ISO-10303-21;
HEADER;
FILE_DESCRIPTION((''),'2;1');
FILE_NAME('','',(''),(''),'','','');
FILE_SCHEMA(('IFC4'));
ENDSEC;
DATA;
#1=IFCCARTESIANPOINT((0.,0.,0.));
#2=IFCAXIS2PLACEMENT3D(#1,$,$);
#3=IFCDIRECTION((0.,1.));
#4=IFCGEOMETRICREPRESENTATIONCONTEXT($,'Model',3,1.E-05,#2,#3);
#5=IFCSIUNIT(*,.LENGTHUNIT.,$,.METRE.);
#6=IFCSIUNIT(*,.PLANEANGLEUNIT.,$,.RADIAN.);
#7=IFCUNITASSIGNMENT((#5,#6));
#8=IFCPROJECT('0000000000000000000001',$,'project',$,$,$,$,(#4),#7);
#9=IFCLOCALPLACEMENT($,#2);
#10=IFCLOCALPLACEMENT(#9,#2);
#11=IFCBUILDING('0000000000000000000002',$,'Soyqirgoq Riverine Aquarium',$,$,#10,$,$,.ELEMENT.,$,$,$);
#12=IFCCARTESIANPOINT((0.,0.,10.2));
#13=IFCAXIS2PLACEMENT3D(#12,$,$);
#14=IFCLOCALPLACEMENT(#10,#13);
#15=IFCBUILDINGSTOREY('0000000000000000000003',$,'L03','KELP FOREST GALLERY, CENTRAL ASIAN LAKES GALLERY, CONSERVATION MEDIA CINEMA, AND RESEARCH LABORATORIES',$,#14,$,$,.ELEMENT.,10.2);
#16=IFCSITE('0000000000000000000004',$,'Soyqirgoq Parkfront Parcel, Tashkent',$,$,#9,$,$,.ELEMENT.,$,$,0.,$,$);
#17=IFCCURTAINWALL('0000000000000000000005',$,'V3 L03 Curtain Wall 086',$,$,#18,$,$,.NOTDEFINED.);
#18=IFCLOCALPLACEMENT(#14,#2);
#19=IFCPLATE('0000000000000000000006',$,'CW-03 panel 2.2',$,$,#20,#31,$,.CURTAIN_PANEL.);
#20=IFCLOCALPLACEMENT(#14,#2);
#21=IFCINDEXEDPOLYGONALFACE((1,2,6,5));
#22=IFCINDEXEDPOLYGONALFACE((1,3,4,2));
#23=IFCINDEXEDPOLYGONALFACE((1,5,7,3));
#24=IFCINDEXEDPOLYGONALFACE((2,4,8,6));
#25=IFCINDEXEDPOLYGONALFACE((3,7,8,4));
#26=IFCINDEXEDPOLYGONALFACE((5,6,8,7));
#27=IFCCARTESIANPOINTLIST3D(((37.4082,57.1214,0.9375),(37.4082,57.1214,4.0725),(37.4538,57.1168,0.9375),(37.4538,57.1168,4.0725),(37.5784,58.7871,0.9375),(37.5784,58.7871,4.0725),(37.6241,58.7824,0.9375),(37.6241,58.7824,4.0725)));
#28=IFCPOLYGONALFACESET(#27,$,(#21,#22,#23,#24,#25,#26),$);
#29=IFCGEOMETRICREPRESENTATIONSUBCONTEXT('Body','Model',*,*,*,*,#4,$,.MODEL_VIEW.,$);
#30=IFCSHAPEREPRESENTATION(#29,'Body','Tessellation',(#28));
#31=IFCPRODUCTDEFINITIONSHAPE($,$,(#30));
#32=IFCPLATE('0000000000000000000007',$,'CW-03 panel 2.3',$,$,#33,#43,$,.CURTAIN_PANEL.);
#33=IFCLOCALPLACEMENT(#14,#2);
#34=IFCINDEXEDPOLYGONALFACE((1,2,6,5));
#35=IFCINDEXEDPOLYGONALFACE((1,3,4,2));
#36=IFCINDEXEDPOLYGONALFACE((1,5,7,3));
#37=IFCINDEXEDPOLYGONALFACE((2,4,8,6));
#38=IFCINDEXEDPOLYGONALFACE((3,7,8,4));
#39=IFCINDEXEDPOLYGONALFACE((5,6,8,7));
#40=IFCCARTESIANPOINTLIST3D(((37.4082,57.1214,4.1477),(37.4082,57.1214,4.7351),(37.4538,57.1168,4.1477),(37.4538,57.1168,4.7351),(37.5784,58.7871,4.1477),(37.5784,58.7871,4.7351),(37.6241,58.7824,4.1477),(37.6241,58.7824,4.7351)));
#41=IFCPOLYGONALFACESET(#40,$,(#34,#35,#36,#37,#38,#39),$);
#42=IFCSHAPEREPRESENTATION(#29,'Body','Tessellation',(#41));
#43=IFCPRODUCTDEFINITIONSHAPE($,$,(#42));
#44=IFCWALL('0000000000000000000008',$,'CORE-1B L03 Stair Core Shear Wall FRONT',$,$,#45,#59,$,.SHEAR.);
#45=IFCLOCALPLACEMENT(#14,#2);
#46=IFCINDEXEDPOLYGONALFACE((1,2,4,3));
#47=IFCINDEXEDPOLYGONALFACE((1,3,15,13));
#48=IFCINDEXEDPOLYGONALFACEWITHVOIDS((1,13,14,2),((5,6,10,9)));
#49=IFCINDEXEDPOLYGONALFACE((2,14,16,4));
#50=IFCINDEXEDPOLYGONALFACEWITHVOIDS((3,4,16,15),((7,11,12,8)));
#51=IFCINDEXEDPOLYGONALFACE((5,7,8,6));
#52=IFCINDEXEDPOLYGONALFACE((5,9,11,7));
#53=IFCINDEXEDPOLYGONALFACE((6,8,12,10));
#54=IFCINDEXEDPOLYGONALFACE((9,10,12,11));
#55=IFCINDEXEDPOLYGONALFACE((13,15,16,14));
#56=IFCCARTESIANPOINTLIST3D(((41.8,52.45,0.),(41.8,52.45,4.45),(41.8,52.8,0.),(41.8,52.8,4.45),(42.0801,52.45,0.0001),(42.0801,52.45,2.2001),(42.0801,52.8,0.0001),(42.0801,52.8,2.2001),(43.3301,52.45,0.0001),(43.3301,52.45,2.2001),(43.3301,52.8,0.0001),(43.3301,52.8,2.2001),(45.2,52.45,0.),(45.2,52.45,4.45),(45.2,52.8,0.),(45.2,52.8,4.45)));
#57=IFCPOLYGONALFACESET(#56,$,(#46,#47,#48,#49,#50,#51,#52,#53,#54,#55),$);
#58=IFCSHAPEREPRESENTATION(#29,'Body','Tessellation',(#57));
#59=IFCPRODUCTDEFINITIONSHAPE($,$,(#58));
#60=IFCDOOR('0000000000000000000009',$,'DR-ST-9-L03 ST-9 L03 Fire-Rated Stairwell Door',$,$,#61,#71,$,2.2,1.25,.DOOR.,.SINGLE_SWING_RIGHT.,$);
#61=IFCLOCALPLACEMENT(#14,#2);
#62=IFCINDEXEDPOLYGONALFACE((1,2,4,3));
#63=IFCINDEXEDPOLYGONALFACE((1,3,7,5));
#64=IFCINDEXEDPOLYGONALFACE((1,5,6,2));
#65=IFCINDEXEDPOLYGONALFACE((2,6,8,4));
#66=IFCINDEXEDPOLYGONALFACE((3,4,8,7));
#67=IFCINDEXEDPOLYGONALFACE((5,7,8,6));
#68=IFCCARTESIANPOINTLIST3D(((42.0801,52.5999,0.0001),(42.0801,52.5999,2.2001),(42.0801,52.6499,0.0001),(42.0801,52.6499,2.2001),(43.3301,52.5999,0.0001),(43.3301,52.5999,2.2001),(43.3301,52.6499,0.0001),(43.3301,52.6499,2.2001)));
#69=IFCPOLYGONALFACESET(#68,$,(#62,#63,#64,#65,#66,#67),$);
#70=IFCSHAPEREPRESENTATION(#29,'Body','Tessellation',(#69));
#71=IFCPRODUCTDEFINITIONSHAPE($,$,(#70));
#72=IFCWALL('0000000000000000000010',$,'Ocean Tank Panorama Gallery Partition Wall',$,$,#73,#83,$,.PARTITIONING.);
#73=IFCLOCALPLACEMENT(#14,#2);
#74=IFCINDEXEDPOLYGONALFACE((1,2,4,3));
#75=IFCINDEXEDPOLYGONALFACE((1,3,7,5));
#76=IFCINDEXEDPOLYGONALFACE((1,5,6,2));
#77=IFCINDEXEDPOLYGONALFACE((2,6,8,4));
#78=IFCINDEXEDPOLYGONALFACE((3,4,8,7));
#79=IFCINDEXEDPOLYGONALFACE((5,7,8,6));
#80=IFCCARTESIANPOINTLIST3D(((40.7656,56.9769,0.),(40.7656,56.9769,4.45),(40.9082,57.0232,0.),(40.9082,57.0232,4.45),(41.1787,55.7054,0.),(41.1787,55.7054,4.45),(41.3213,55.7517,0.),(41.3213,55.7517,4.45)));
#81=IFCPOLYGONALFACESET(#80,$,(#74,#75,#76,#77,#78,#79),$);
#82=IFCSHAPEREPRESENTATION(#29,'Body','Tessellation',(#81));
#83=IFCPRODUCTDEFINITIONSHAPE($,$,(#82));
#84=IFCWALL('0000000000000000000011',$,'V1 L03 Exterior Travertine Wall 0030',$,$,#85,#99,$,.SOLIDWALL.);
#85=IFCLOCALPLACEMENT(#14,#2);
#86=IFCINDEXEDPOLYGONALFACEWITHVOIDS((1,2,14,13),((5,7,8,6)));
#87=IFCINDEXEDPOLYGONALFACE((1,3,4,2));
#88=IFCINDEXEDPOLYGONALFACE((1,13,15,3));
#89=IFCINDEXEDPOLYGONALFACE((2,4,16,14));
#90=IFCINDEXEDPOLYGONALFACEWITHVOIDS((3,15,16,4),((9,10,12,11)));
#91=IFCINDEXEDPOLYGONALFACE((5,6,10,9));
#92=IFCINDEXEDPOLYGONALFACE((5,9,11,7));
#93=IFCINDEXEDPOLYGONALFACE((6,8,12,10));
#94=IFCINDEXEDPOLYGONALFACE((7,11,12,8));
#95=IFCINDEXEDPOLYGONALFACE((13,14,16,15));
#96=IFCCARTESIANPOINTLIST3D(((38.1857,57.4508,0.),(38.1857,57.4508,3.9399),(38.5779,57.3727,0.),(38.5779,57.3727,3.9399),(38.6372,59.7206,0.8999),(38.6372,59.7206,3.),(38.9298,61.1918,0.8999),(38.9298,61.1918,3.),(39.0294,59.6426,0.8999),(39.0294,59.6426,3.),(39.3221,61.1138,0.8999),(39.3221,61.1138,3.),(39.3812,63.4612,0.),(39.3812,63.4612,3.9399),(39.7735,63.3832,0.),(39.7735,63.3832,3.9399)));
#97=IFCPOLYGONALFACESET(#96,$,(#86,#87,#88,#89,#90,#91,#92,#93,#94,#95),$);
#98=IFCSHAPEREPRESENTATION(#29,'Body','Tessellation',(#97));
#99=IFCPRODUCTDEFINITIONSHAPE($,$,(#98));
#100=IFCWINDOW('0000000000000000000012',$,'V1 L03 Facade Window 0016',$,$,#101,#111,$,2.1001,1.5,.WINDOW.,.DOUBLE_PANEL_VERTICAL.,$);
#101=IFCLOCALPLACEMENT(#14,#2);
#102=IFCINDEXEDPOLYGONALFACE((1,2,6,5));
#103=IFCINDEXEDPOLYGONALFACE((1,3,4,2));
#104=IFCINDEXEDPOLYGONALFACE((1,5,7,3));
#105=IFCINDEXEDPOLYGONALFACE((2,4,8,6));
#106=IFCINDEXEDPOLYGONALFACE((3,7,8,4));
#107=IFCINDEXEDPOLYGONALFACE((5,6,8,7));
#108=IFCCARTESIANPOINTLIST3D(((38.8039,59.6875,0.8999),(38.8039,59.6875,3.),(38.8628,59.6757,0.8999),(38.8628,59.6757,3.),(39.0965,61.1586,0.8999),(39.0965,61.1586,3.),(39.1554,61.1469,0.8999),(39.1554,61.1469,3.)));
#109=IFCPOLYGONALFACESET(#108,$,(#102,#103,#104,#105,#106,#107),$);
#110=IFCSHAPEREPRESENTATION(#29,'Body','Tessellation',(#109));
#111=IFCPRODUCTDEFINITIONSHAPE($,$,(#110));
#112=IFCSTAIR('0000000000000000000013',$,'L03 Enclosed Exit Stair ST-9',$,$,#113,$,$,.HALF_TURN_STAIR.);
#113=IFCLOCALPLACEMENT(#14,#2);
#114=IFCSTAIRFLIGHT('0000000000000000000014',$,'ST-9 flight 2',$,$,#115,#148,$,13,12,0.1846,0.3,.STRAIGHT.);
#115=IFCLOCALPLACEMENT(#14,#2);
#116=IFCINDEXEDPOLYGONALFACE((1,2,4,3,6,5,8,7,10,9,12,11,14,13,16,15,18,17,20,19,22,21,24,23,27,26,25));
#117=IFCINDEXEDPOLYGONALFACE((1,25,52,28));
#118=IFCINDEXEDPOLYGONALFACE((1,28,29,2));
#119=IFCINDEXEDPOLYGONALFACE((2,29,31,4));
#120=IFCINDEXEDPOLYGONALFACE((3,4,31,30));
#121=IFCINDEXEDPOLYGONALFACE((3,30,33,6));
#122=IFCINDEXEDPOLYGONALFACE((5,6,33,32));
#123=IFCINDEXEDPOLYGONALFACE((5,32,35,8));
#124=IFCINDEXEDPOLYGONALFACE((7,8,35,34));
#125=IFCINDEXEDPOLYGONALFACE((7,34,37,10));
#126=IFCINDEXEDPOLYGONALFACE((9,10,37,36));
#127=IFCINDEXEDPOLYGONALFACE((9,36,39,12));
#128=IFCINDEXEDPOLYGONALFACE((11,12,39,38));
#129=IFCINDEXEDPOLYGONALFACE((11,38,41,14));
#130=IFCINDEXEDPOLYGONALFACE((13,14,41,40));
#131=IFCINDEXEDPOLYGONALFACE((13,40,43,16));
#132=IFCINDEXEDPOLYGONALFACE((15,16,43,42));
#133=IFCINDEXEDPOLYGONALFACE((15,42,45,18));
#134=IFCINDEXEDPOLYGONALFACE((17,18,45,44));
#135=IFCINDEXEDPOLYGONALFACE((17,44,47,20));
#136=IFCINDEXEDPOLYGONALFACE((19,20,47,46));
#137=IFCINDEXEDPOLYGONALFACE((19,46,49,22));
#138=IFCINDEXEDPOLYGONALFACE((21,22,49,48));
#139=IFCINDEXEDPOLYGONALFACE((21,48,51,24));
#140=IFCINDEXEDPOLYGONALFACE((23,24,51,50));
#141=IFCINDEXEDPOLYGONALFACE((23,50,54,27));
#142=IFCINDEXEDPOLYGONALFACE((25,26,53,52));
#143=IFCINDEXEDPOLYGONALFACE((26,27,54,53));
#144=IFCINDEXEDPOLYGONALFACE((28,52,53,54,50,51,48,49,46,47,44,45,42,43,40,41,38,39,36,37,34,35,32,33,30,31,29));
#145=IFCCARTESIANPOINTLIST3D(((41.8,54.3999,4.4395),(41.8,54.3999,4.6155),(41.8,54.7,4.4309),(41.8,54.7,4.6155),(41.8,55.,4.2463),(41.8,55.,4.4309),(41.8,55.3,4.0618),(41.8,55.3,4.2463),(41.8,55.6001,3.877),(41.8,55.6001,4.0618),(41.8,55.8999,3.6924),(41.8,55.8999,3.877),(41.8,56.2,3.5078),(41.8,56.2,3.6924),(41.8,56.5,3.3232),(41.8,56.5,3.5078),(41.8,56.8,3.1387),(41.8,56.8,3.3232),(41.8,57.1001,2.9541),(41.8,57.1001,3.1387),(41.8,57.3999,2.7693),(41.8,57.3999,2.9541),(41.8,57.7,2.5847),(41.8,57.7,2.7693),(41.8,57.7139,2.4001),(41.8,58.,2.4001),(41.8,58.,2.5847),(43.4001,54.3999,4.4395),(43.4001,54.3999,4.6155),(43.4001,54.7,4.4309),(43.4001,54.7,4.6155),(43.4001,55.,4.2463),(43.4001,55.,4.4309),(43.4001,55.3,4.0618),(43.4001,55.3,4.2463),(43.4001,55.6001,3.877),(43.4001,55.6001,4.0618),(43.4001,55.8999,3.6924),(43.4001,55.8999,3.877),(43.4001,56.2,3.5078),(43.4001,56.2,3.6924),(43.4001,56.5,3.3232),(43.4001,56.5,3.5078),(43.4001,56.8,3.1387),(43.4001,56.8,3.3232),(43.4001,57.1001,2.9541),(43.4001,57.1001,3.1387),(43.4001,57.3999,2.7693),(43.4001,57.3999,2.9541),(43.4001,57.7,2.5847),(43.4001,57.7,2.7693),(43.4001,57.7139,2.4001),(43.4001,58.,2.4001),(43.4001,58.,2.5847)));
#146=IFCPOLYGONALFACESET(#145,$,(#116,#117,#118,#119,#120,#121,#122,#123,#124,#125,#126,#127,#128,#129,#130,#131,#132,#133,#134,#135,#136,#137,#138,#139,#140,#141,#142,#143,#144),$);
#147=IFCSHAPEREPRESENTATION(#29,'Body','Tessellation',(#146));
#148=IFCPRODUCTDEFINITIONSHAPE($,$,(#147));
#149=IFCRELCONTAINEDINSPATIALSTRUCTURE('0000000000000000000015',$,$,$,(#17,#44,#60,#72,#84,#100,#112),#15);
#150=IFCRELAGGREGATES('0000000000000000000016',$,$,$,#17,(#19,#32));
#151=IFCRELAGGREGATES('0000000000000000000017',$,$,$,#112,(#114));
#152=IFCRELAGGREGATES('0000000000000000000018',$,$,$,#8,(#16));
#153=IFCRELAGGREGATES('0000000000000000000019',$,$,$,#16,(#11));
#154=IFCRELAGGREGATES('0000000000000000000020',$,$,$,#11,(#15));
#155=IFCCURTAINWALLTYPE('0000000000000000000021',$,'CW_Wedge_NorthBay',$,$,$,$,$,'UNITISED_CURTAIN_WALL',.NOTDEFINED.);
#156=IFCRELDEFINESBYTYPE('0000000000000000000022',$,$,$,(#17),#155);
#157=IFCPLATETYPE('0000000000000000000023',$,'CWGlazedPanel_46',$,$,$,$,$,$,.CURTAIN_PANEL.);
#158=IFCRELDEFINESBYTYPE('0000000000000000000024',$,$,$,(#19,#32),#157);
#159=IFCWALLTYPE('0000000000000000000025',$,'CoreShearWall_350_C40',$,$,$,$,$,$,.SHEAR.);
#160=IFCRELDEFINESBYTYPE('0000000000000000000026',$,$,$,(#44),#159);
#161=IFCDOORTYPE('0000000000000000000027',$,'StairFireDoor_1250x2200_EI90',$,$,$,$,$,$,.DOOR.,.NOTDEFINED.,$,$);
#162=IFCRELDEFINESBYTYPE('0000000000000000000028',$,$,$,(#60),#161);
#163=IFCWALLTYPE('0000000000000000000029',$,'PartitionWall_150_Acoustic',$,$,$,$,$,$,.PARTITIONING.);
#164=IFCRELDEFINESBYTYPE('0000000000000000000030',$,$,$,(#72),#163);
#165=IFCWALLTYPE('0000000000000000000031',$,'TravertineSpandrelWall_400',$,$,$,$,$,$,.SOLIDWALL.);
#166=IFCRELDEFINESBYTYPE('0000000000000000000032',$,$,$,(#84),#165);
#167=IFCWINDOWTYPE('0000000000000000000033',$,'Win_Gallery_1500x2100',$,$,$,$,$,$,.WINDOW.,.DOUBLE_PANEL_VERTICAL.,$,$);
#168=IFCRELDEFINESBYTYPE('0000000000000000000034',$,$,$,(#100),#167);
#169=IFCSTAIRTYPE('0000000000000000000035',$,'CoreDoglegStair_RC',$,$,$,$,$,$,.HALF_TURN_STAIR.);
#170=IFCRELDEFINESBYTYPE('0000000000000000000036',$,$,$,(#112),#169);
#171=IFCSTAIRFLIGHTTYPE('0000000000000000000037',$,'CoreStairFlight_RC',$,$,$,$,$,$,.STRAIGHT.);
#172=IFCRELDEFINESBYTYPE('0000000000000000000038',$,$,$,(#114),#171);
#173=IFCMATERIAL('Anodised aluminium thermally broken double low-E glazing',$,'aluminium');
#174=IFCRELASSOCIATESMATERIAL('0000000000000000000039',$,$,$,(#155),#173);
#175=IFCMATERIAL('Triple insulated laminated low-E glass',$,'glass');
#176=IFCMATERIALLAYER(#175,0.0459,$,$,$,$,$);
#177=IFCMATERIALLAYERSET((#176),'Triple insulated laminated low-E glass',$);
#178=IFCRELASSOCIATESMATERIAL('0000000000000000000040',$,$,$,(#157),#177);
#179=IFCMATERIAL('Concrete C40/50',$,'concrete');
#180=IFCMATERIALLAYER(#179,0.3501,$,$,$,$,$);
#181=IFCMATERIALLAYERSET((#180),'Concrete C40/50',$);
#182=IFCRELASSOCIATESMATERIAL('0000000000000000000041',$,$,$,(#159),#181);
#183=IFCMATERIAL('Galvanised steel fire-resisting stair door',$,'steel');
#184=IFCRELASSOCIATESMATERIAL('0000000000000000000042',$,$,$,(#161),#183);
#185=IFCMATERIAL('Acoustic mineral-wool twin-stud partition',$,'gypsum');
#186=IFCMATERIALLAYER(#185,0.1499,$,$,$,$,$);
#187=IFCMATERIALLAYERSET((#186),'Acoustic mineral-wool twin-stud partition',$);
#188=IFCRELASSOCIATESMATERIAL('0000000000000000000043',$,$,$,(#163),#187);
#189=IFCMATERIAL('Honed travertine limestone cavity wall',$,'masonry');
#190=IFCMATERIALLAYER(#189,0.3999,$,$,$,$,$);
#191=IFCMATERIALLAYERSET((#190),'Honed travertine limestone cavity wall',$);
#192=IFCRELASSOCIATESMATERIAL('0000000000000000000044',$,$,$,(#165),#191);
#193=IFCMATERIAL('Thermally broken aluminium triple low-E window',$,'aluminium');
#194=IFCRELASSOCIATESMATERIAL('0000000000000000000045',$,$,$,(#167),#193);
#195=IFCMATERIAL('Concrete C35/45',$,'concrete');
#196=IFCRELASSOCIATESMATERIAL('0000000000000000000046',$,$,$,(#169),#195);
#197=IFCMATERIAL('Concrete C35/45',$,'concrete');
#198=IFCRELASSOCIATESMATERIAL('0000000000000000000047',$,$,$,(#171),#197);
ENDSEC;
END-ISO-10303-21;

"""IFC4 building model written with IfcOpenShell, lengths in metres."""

from ifc_helpers import new_model, si_unit, direction, frame, frame_2d, origin, origin_2d, place, context, subcontext, project, spatial, polyline, rectangle, outline, extrude, material, layer, layer_set, type_object, element, fill, aggregate, save


model = new_model("IFC4")

# Units and contexts
model_context = context("Model", 3, precision=1e-05, world=origin(), true_north=direction((0.0, 1.0)))
body_context = subcontext(model_context, "Body", "Model", "MODEL_VIEW")
ifc_project = project(units=[si_unit("LENGTHUNIT", "METRE"), si_unit("PLANEANGLEUNIT", "RADIAN")], contexts=[model_context])

# Site, building, storey
site_placement = place(None, origin())
site = spatial("IfcSite", under=ifc_project, at=site_placement, Name="Soyqirgoq Parkfront Parcel, Tashkent", CompositionType="ELEMENT", RefElevation=0.0)
building_placement = place(site_placement, origin())
building = spatial("IfcBuilding", under=site, at=building_placement, Name="Soyqirgoq Riverine Aquarium", CompositionType="ELEMENT")
storey_placement = place(building_placement, frame((0.0, 0.0, 10.2)))
storey = spatial("IfcBuildingStorey", under=building, at=storey_placement, Name="L03", Description="KELP FOREST GALLERY, CENTRAL ASIAN LAKES GALLERY, CONSERVATION MEDIA CINEMA, AND RESEARCH LABORATORIES", CompositionType="ELEMENT", Elevation=10.2)

# Curtain wall
ifc_material_1 = material(Name="Anodised aluminium thermally broken double low-E glazing", Category="aluminium")
curtain_wall_type = type_object("IfcCurtainWallType", Name="CW_Wedge_NorthBay", ElementType="UNITISED_CURTAIN_WALL", PredefinedType="NOTDEFINED", material=ifc_material_1)
curtain_wall_placement = place(storey_placement, origin())
curtain_wall = element("IfcCurtainWall", 1, at=curtain_wall_placement, inside=storey, type_object=curtain_wall_type, Name="V3 L03 Curtain Wall 086", PredefinedType="NOTDEFINED")

# Plates
ifc_material_2 = material(Name="Triple insulated laminated low-E glass", Category="glass")
ifc_layer_1 = layer(ifc_material_2, 0.0459)
ifc_layer_set_1 = layer_set([ifc_layer_1], Name="Triple insulated laminated low-E glass")
plate_type = type_object("IfcPlateType", Name="CWGlazedPanel_46", PredefinedType="CURTAIN_PANEL", material=ifc_layer_set_1)
plate_1_placement = place(storey_placement, frame((37.5161, 57.9519, 0.9375), z_axis=(0.0, 0.0, 1.0), x_axis=(-0.101686, -0.994817, 0.0)))
plate_1 = element("IfcPlate", 2, at=plate_1_placement, type_object=plate_type, Name="CW-03 panel 2.2", PredefinedType="CURTAIN_PANEL", context=body_context, shape_type="SweptSolid", body=[
    extrude(rectangle(XDim=1.6743, YDim=0.0459, at=origin_2d()), origin(), (0.0, 0.0, 1.0), 3.135),
])
plate_2_placement = place(storey_placement, frame((37.5161, 57.9519, 4.1477), z_axis=(0.0, 0.0, 1.0), x_axis=(-0.101686, -0.994817, 0.0)))
plate_2 = element("IfcPlate", 3, at=plate_2_placement, type_object=plate_type, Name="CW-03 panel 2.3", PredefinedType="CURTAIN_PANEL", context=body_context, shape_type="SweptSolid", body=[
    extrude(rectangle(XDim=1.6743, YDim=0.0459, at=origin_2d()), origin(), (0.0, 0.0, 1.0), 0.5874),
])
aggregate(curtain_wall, [plate_1, plate_2])

# Wall, opening, door
ifc_material_3 = material(Name="Concrete C40/50", Category="concrete")
ifc_layer_2 = layer(ifc_material_3, 0.3501)
ifc_layer_set_2 = layer_set([ifc_layer_2], Name="Concrete C40/50")
wall_type_1 = type_object("IfcWallType", Name="CoreShearWall_350_C40", PredefinedType="SHEAR", material=ifc_layer_set_2)
wall_1_placement = place(storey_placement, frame((41.8, 52.625, 0.0), z_axis=(0.0, 0.0, 1.0), x_axis=(1.0, 0.0, 0.0)))
wall_1 = element("IfcWall", 4, at=wall_1_placement, inside=storey, type_object=wall_type_1, Name="CORE-1B L03 Stair Core Shear Wall FRONT", PredefinedType="SHEAR", context=body_context, shape_type="SweptSolid", body=[
    extrude(rectangle(XDim=3.3999, YDim=0.3501, at=frame_2d((1.7, 0.0))), origin(), (0.0, 0.0, 1.0), 4.45),
])
opening_1_placement = place(wall_1_placement, frame((0.28, 0.0, 0.0)))
opening_1 = element("IfcOpeningElement", 5, at=opening_1_placement, cuts=wall_1, PredefinedType="OPENING", context=body_context, shape_type="SweptSolid", body=[
    extrude(rectangle(XDim=1.25, YDim=2.2, at=frame_2d((0.625, 1.1001))), frame((0.0, 0.1851, 0.0), z_axis=(0.0, -1.0, 0.0), x_axis=(1.0, 0.0, 0.0)), (0.0, 0.0, 1.0), 0.3701),
])
ifc_material_4 = material(Name="Galvanised steel fire-resisting stair door", Category="steel")
door_type = type_object("IfcDoorType", Name="StairFireDoor_1250x2200_EI90", OperationType="NOTDEFINED", PredefinedType="DOOR", material=ifc_material_4)
door_placement = place(opening_1_placement, origin())
door = element("IfcDoor", 6, at=door_placement, inside=storey, type_object=door_type, Name="DR-ST-9-L03 ST-9 L03 Fire-Rated Stairwell Door", OperationType="SINGLE_SWING_RIGHT", OverallHeight=2.2, OverallWidth=1.25, PredefinedType="DOOR", context=body_context, shape_type="SweptSolid", body=[
    extrude(rectangle(XDim=1.25, YDim=2.2, at=frame_2d((0.625, 1.1001))), frame((0.0, 0.0249, 0.0), z_axis=(0.0, -1.0, 0.0), x_axis=(1.0, 0.0, 0.0)), (0.0, 0.0, 1.0), 0.05),
])
fill(opening_1, door)

# Wall
ifc_material_5 = material(Name="Acoustic mineral-wool twin-stud partition", Category="gypsum")
ifc_layer_3 = layer(ifc_material_5, 0.1499)
ifc_layer_set_3 = layer_set([ifc_layer_3], Name="Acoustic mineral-wool twin-stud partition")
wall_type_2 = type_object("IfcWallType", Name="PartitionWall_150_Acoustic", PredefinedType="PARTITIONING", material=ifc_layer_set_3)
wall_2_placement = place(storey_placement, frame((41.25, 55.7285, 0.0), z_axis=(0.0, 0.0, 1.0), x_axis=(-0.308987, 0.951066, 0.0)))
element("IfcWall", 7, at=wall_2_placement, inside=storey, type_object=wall_type_2, Name="Ocean Tank Panorama Gallery Partition Wall", PredefinedType="PARTITIONING", context=body_context, shape_type="SweptSolid", body=[
    extrude(rectangle(XDim=1.3369, YDim=0.1499, at=frame_2d((0.6685, 0.0))), origin(), (0.0, 0.0, 1.0), 4.45),
])

# Wall, opening, window
ifc_material_6 = material(Name="Honed travertine limestone cavity wall", Category="masonry")
ifc_layer_4 = layer(ifc_material_6, 0.3999)
ifc_layer_set_4 = layer_set([ifc_layer_4], Name="Honed travertine limestone cavity wall")
wall_type_3 = type_object("IfcWallType", Name="TravertineSpandrelWall_400", PredefinedType="SOLIDWALL", material=ifc_layer_set_4)
wall_3_placement = place(storey_placement, frame((38.3818, 57.4119, 0.0), z_axis=(0.0, 0.0, 1.0), x_axis=(0.195089, 0.980785, 0.0)))
wall_3 = element("IfcWall", 8, at=wall_3_placement, inside=storey, type_object=wall_type_3, Name="V1 L03 Exterior Travertine Wall 0030", PredefinedType="SOLIDWALL", context=body_context, shape_type="SweptSolid", body=[
    extrude(rectangle(XDim=6.1282, YDim=0.3999, at=frame_2d((3.064, 0.0))), origin(), (0.0, 0.0, 1.0), 3.9399),
])
opening_2_placement = place(wall_3_placement, frame((2.3142, 0.0, 0.8999)))
opening_2 = element("IfcOpeningElement", 9, at=opening_2_placement, cuts=wall_3, PredefinedType="OPENING", context=body_context, shape_type="SweptSolid", body=[
    extrude(rectangle(XDim=1.5, YDim=2.1001, at=frame_2d((0.75, 1.05))), frame((0.0, 0.21, 0.0), z_axis=(0.0, -1.0, 0.0), x_axis=(1.0, 0.0, 0.0)), (0.0, 0.0, 1.0), 0.4199),
])
ifc_material_7 = material(Name="Thermally broken aluminium triple low-E window", Category="aluminium")
window_type = type_object("IfcWindowType", Name="Win_Gallery_1500x2100", PartitioningType="DOUBLE_PANEL_VERTICAL", PredefinedType="WINDOW", material=ifc_material_7)
window_placement = place(opening_2_placement, origin())
window = element("IfcWindow", 10, at=window_placement, inside=storey, type_object=window_type, Name="V1 L03 Facade Window 0016", OverallHeight=2.1001, OverallWidth=1.5, PartitioningType="DOUBLE_PANEL_VERTICAL", PredefinedType="WINDOW", context=body_context, shape_type="SweptSolid", body=[
    extrude(rectangle(XDim=1.5, YDim=2.1001, at=frame_2d((0.75, 1.05))), frame((0.0, 0.03, 0.0), z_axis=(0.0, -1.0, 0.0), x_axis=(1.0, 0.0, 0.0)), (0.0, 0.0, 1.0), 0.0601),
])
fill(opening_2, window)

# Stair, stair flight
ifc_material_8 = material(Name="Concrete C35/45", Category="concrete")
stair_type = type_object("IfcStairType", Name="CoreDoglegStair_RC", PredefinedType="HALF_TURN_STAIR", material=ifc_material_8)
stair_placement = place(storey_placement, origin())
stair = element("IfcStair", 11, at=stair_placement, inside=storey, type_object=stair_type, Name="L03 Enclosed Exit Stair ST-9", PredefinedType="HALF_TURN_STAIR")
ifc_material_9 = material(Name="Concrete C35/45", Category="concrete")
stair_flight_type = type_object("IfcStairFlightType", Name="CoreStairFlight_RC", PredefinedType="STRAIGHT", material=ifc_material_9)
stair_flight_placement = place(storey_placement, frame((42.6001, 58.0, 2.4001), z_axis=(0.0, 0.0, 1.0), x_axis=(0.0, -1.0, 0.0)))
stair_flight = element("IfcStairFlight", 12, at=stair_flight_placement, type_object=stair_flight_type, Name="ST-9 flight 2", NumberOfRisers=13, NumberOfTreads=12, PredefinedType="STRAIGHT", RiserHeight=0.1846, TreadLength=0.3, context=body_context, shape_type="SweptSolid", body=[
    extrude(outline(polyline([(0.0, 0.0), (0.0, 0.1846), (0.3, 0.1846), (0.3, 0.3691), (0.6001, 0.3691), (0.6001, 0.554), (0.8999, 0.554), (0.8999, 0.7385), (1.2, 0.7385), (1.2, 0.9231), (1.5, 0.9231), (1.5, 1.1077), (1.8, 1.1077), (1.8, 1.2922), (2.1001, 1.2922), (2.1001, 1.4768), (2.3999, 1.4768), (2.3999, 1.6616), (2.7, 1.6616), (2.7, 1.8462), (3.0, 1.8462), (3.0, 2.0308), (3.3, 2.0308), (3.3, 2.2153), (3.6001, 2.2153), (3.6001, 2.3999), (3.6001, 2.0393), (0.2861, 0.0), (0.0, 0.0)])), frame((0.0, 0.8, 0.0), z_axis=(0.0, -1.0, 0.0), x_axis=(1.0, 0.0, 0.0)), (0.0, 0.0, 1.0), 1.6001),
])
aggregate(stair, [stair_flight])

save(model, "model.ifc")
